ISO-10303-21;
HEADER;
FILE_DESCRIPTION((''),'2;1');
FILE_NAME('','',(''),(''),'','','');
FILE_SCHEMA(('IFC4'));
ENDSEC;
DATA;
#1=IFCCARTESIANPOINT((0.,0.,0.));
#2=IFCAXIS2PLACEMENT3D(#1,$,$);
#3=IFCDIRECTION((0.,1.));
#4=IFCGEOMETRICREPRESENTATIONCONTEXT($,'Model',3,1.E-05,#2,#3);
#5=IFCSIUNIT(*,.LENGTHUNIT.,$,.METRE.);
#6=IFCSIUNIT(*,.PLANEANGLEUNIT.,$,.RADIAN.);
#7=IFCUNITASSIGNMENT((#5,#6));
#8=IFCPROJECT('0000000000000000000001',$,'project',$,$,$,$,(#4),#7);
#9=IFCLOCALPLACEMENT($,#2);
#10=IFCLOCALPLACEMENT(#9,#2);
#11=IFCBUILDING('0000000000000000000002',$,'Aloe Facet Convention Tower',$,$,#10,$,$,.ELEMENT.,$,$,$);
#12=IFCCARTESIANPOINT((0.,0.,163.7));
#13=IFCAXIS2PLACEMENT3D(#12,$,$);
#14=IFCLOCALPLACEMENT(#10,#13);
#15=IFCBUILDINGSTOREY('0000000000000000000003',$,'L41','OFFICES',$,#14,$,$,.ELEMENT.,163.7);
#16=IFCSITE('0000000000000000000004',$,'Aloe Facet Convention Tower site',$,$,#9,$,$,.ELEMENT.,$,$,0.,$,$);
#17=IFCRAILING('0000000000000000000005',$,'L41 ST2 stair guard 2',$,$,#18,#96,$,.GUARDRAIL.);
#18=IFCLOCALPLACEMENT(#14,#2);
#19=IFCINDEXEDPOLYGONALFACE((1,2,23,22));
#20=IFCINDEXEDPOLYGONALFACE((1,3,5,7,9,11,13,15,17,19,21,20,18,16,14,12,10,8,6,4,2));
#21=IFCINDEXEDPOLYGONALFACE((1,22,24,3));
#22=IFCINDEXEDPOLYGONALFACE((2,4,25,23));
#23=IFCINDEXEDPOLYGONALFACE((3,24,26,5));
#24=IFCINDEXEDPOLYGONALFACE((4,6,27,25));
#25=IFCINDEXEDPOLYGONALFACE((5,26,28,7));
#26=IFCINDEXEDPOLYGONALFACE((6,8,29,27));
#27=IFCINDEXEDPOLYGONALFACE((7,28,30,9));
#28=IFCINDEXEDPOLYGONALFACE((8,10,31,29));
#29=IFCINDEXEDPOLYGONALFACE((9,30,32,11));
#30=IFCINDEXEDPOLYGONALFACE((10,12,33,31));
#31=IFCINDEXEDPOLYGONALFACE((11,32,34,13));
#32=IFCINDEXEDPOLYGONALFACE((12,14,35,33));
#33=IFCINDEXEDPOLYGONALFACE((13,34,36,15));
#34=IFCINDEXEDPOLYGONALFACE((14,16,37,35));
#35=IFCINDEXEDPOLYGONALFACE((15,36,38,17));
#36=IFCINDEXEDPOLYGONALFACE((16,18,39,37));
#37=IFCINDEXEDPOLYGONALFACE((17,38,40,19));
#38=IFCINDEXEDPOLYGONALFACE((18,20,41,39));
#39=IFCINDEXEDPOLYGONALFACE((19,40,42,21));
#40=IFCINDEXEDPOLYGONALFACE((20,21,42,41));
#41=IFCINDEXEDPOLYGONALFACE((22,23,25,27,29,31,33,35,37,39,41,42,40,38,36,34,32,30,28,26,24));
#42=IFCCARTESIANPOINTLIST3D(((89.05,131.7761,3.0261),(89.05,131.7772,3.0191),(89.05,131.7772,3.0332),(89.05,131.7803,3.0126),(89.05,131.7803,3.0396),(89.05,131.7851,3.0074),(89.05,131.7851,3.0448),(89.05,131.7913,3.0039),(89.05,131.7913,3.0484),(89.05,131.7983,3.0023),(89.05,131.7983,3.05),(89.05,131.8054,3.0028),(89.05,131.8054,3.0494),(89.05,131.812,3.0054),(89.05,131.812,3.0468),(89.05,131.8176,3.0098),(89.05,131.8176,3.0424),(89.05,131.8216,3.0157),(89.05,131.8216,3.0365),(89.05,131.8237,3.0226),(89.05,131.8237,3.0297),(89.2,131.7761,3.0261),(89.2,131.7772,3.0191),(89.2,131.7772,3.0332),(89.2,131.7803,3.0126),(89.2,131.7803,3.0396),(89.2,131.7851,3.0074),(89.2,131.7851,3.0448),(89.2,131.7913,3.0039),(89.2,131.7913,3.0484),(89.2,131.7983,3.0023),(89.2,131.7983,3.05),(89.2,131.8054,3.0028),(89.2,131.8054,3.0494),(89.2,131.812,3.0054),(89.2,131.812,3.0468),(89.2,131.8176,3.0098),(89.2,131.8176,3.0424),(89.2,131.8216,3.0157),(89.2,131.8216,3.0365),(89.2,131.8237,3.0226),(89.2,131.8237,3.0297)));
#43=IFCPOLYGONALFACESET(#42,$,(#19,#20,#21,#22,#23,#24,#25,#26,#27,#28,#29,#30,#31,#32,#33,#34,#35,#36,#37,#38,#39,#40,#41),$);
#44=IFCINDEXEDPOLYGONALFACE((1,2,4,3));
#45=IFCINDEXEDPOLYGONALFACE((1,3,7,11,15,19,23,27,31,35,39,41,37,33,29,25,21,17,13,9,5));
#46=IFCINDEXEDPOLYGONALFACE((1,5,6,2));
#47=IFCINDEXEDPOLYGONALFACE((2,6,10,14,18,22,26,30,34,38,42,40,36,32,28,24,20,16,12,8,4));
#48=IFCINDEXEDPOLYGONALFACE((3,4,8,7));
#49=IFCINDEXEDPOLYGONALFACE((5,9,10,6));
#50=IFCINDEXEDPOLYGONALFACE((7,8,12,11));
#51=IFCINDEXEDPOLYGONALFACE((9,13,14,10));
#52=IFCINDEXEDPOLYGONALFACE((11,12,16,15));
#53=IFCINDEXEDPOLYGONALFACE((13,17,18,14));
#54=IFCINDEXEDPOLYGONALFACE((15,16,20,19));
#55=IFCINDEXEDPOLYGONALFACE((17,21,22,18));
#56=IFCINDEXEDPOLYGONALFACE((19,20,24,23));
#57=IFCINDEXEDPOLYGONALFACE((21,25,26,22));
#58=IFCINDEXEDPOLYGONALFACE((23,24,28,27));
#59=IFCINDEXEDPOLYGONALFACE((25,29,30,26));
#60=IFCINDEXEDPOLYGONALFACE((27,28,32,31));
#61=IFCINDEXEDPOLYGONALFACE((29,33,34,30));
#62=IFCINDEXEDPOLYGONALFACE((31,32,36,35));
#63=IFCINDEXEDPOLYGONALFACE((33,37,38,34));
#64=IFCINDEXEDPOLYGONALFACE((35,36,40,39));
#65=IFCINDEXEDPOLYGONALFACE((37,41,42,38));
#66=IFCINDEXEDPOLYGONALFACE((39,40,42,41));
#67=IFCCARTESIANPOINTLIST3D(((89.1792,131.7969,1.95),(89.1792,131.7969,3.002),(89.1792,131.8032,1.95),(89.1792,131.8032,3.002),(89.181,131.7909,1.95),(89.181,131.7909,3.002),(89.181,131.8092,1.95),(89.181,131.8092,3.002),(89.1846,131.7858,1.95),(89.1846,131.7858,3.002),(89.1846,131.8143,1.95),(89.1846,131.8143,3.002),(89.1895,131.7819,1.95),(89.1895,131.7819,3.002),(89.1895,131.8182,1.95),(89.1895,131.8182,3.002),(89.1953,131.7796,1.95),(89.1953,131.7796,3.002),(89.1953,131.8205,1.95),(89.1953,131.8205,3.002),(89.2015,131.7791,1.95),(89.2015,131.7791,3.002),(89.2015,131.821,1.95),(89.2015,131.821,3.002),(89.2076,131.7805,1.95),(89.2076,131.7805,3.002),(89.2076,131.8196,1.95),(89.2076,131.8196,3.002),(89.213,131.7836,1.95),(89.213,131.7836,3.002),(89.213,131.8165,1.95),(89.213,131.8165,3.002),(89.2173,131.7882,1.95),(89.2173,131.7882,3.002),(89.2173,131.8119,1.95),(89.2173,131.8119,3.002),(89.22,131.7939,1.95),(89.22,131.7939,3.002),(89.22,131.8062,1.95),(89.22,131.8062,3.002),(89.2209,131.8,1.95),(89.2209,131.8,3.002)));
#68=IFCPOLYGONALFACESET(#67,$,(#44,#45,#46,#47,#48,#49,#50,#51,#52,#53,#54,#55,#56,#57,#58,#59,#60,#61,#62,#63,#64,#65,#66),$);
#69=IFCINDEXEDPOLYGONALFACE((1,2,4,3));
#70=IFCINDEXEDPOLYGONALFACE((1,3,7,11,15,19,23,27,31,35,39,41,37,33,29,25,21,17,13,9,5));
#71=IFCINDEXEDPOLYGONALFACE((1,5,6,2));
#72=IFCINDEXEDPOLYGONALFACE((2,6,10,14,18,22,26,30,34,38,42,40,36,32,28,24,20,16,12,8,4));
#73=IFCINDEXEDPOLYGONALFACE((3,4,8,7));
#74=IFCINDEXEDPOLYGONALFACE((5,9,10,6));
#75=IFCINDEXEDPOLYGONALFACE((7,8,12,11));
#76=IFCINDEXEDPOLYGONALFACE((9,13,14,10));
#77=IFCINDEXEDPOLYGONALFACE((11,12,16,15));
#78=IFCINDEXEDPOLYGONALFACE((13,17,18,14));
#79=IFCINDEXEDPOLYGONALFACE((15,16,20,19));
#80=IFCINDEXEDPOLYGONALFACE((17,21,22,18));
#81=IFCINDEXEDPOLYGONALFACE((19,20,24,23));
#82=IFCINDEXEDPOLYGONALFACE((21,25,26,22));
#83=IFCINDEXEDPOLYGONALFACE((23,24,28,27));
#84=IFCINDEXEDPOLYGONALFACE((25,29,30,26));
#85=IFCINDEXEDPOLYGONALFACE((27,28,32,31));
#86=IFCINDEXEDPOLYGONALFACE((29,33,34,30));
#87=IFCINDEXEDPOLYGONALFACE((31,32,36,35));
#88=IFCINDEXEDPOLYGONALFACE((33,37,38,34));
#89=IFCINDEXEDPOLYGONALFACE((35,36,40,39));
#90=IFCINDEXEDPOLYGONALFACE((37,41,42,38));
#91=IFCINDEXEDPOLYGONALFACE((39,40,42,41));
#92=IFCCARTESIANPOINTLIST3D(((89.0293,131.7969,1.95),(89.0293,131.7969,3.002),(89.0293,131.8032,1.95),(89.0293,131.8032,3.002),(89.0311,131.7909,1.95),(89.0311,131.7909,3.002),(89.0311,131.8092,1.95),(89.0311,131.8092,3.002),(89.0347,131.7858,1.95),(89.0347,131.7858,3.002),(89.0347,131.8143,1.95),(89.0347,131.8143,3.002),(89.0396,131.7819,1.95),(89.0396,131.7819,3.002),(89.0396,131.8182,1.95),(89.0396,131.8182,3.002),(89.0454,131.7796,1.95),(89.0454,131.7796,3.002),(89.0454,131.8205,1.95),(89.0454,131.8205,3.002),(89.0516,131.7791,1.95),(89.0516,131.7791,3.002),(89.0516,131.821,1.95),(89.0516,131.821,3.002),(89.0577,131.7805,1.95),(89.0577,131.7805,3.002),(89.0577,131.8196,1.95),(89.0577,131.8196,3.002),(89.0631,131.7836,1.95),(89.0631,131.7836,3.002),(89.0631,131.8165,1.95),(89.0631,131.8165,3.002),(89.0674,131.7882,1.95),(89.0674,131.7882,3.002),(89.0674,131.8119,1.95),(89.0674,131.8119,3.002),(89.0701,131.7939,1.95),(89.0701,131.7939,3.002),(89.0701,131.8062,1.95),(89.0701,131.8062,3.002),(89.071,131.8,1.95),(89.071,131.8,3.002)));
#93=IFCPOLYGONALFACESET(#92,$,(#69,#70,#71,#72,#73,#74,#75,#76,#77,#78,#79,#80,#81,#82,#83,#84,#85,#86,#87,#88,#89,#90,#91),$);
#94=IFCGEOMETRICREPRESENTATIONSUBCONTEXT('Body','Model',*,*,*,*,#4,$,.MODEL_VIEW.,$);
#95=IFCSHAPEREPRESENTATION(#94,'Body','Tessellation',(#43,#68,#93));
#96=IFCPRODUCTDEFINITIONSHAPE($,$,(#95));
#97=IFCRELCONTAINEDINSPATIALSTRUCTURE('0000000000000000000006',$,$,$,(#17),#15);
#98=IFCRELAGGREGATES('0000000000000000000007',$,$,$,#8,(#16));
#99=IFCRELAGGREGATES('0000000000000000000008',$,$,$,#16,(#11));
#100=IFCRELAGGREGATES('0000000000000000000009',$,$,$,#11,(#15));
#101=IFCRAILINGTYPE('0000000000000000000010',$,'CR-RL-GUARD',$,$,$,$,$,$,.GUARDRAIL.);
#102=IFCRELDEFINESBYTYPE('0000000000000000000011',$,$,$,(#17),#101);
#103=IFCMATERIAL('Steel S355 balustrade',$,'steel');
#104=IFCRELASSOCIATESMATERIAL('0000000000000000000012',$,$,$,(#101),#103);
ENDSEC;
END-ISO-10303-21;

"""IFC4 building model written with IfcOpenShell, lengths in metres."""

from ifc_helpers import new_model, si_unit, direction, frame, origin, origin_2d, place, context, subcontext, project, spatial, circle, extrude, material, type_object, element, save


model = new_model("IFC4")

# Units and contexts
model_context = context("Model", 3, precision=1e-05, world=origin(), true_north=direction((0.0, 1.0)))
body_context = subcontext(model_context, "Body", "Model", "MODEL_VIEW")
ifc_project = project(units=[si_unit("LENGTHUNIT", "METRE"), si_unit("PLANEANGLEUNIT", "RADIAN")], contexts=[model_context])

# Site, building, storey
site_placement = place(None, origin())
site = spatial("IfcSite", under=ifc_project, at=site_placement, Name="Aloe Facet Convention Tower site", CompositionType="ELEMENT", RefElevation=0.0)
building_placement = place(site_placement, origin())
building = spatial("IfcBuilding", under=site, at=building_placement, Name="Aloe Facet Convention Tower", CompositionType="ELEMENT")
storey_placement = place(building_placement, frame((0.0, 0.0, 163.7)))
storey = spatial("IfcBuildingStorey", under=building, at=storey_placement, Name="L41", Description="OFFICES", CompositionType="ELEMENT", Elevation=163.7)

# Railing
ifc_material_1 = material(Name="Steel S355 balustrade", Category="steel")
railing_type_1 = type_object("IfcRailingType", Name="CR-RL-GUARD", PredefinedType="GUARDRAIL", material=ifc_material_1)
railing_1_placement = place(storey_placement, frame((89.2, 131.8, 1.95)))
element("IfcRailing", 1, at=railing_1_placement, inside=storey, type_object=railing_type_1, Name="L41 ST2 stair guard 2", PredefinedType="GUARDRAIL", context=body_context, shape_type="SweptSolid", body=[
    extrude(circle(Radius=0.0239, at=origin_2d()), frame((0.0, 0.0, 1.0762), z_axis=(-1.0, 0.0, 0.0), x_axis=(0.0, -1.0, 0.0)), (0.0, 0.0, 1.0), 0.1499),
    extrude(circle(Radius=0.021, at=origin_2d()), origin(), (0.0, 0.0, 1.0), 1.052),
    extrude(circle(Radius=0.021, at=origin_2d()), frame((-0.1499, 0.0, 0.0)), (0.0, 0.0, 1.0), 1.052),
])

save(model, "model.ifc")
